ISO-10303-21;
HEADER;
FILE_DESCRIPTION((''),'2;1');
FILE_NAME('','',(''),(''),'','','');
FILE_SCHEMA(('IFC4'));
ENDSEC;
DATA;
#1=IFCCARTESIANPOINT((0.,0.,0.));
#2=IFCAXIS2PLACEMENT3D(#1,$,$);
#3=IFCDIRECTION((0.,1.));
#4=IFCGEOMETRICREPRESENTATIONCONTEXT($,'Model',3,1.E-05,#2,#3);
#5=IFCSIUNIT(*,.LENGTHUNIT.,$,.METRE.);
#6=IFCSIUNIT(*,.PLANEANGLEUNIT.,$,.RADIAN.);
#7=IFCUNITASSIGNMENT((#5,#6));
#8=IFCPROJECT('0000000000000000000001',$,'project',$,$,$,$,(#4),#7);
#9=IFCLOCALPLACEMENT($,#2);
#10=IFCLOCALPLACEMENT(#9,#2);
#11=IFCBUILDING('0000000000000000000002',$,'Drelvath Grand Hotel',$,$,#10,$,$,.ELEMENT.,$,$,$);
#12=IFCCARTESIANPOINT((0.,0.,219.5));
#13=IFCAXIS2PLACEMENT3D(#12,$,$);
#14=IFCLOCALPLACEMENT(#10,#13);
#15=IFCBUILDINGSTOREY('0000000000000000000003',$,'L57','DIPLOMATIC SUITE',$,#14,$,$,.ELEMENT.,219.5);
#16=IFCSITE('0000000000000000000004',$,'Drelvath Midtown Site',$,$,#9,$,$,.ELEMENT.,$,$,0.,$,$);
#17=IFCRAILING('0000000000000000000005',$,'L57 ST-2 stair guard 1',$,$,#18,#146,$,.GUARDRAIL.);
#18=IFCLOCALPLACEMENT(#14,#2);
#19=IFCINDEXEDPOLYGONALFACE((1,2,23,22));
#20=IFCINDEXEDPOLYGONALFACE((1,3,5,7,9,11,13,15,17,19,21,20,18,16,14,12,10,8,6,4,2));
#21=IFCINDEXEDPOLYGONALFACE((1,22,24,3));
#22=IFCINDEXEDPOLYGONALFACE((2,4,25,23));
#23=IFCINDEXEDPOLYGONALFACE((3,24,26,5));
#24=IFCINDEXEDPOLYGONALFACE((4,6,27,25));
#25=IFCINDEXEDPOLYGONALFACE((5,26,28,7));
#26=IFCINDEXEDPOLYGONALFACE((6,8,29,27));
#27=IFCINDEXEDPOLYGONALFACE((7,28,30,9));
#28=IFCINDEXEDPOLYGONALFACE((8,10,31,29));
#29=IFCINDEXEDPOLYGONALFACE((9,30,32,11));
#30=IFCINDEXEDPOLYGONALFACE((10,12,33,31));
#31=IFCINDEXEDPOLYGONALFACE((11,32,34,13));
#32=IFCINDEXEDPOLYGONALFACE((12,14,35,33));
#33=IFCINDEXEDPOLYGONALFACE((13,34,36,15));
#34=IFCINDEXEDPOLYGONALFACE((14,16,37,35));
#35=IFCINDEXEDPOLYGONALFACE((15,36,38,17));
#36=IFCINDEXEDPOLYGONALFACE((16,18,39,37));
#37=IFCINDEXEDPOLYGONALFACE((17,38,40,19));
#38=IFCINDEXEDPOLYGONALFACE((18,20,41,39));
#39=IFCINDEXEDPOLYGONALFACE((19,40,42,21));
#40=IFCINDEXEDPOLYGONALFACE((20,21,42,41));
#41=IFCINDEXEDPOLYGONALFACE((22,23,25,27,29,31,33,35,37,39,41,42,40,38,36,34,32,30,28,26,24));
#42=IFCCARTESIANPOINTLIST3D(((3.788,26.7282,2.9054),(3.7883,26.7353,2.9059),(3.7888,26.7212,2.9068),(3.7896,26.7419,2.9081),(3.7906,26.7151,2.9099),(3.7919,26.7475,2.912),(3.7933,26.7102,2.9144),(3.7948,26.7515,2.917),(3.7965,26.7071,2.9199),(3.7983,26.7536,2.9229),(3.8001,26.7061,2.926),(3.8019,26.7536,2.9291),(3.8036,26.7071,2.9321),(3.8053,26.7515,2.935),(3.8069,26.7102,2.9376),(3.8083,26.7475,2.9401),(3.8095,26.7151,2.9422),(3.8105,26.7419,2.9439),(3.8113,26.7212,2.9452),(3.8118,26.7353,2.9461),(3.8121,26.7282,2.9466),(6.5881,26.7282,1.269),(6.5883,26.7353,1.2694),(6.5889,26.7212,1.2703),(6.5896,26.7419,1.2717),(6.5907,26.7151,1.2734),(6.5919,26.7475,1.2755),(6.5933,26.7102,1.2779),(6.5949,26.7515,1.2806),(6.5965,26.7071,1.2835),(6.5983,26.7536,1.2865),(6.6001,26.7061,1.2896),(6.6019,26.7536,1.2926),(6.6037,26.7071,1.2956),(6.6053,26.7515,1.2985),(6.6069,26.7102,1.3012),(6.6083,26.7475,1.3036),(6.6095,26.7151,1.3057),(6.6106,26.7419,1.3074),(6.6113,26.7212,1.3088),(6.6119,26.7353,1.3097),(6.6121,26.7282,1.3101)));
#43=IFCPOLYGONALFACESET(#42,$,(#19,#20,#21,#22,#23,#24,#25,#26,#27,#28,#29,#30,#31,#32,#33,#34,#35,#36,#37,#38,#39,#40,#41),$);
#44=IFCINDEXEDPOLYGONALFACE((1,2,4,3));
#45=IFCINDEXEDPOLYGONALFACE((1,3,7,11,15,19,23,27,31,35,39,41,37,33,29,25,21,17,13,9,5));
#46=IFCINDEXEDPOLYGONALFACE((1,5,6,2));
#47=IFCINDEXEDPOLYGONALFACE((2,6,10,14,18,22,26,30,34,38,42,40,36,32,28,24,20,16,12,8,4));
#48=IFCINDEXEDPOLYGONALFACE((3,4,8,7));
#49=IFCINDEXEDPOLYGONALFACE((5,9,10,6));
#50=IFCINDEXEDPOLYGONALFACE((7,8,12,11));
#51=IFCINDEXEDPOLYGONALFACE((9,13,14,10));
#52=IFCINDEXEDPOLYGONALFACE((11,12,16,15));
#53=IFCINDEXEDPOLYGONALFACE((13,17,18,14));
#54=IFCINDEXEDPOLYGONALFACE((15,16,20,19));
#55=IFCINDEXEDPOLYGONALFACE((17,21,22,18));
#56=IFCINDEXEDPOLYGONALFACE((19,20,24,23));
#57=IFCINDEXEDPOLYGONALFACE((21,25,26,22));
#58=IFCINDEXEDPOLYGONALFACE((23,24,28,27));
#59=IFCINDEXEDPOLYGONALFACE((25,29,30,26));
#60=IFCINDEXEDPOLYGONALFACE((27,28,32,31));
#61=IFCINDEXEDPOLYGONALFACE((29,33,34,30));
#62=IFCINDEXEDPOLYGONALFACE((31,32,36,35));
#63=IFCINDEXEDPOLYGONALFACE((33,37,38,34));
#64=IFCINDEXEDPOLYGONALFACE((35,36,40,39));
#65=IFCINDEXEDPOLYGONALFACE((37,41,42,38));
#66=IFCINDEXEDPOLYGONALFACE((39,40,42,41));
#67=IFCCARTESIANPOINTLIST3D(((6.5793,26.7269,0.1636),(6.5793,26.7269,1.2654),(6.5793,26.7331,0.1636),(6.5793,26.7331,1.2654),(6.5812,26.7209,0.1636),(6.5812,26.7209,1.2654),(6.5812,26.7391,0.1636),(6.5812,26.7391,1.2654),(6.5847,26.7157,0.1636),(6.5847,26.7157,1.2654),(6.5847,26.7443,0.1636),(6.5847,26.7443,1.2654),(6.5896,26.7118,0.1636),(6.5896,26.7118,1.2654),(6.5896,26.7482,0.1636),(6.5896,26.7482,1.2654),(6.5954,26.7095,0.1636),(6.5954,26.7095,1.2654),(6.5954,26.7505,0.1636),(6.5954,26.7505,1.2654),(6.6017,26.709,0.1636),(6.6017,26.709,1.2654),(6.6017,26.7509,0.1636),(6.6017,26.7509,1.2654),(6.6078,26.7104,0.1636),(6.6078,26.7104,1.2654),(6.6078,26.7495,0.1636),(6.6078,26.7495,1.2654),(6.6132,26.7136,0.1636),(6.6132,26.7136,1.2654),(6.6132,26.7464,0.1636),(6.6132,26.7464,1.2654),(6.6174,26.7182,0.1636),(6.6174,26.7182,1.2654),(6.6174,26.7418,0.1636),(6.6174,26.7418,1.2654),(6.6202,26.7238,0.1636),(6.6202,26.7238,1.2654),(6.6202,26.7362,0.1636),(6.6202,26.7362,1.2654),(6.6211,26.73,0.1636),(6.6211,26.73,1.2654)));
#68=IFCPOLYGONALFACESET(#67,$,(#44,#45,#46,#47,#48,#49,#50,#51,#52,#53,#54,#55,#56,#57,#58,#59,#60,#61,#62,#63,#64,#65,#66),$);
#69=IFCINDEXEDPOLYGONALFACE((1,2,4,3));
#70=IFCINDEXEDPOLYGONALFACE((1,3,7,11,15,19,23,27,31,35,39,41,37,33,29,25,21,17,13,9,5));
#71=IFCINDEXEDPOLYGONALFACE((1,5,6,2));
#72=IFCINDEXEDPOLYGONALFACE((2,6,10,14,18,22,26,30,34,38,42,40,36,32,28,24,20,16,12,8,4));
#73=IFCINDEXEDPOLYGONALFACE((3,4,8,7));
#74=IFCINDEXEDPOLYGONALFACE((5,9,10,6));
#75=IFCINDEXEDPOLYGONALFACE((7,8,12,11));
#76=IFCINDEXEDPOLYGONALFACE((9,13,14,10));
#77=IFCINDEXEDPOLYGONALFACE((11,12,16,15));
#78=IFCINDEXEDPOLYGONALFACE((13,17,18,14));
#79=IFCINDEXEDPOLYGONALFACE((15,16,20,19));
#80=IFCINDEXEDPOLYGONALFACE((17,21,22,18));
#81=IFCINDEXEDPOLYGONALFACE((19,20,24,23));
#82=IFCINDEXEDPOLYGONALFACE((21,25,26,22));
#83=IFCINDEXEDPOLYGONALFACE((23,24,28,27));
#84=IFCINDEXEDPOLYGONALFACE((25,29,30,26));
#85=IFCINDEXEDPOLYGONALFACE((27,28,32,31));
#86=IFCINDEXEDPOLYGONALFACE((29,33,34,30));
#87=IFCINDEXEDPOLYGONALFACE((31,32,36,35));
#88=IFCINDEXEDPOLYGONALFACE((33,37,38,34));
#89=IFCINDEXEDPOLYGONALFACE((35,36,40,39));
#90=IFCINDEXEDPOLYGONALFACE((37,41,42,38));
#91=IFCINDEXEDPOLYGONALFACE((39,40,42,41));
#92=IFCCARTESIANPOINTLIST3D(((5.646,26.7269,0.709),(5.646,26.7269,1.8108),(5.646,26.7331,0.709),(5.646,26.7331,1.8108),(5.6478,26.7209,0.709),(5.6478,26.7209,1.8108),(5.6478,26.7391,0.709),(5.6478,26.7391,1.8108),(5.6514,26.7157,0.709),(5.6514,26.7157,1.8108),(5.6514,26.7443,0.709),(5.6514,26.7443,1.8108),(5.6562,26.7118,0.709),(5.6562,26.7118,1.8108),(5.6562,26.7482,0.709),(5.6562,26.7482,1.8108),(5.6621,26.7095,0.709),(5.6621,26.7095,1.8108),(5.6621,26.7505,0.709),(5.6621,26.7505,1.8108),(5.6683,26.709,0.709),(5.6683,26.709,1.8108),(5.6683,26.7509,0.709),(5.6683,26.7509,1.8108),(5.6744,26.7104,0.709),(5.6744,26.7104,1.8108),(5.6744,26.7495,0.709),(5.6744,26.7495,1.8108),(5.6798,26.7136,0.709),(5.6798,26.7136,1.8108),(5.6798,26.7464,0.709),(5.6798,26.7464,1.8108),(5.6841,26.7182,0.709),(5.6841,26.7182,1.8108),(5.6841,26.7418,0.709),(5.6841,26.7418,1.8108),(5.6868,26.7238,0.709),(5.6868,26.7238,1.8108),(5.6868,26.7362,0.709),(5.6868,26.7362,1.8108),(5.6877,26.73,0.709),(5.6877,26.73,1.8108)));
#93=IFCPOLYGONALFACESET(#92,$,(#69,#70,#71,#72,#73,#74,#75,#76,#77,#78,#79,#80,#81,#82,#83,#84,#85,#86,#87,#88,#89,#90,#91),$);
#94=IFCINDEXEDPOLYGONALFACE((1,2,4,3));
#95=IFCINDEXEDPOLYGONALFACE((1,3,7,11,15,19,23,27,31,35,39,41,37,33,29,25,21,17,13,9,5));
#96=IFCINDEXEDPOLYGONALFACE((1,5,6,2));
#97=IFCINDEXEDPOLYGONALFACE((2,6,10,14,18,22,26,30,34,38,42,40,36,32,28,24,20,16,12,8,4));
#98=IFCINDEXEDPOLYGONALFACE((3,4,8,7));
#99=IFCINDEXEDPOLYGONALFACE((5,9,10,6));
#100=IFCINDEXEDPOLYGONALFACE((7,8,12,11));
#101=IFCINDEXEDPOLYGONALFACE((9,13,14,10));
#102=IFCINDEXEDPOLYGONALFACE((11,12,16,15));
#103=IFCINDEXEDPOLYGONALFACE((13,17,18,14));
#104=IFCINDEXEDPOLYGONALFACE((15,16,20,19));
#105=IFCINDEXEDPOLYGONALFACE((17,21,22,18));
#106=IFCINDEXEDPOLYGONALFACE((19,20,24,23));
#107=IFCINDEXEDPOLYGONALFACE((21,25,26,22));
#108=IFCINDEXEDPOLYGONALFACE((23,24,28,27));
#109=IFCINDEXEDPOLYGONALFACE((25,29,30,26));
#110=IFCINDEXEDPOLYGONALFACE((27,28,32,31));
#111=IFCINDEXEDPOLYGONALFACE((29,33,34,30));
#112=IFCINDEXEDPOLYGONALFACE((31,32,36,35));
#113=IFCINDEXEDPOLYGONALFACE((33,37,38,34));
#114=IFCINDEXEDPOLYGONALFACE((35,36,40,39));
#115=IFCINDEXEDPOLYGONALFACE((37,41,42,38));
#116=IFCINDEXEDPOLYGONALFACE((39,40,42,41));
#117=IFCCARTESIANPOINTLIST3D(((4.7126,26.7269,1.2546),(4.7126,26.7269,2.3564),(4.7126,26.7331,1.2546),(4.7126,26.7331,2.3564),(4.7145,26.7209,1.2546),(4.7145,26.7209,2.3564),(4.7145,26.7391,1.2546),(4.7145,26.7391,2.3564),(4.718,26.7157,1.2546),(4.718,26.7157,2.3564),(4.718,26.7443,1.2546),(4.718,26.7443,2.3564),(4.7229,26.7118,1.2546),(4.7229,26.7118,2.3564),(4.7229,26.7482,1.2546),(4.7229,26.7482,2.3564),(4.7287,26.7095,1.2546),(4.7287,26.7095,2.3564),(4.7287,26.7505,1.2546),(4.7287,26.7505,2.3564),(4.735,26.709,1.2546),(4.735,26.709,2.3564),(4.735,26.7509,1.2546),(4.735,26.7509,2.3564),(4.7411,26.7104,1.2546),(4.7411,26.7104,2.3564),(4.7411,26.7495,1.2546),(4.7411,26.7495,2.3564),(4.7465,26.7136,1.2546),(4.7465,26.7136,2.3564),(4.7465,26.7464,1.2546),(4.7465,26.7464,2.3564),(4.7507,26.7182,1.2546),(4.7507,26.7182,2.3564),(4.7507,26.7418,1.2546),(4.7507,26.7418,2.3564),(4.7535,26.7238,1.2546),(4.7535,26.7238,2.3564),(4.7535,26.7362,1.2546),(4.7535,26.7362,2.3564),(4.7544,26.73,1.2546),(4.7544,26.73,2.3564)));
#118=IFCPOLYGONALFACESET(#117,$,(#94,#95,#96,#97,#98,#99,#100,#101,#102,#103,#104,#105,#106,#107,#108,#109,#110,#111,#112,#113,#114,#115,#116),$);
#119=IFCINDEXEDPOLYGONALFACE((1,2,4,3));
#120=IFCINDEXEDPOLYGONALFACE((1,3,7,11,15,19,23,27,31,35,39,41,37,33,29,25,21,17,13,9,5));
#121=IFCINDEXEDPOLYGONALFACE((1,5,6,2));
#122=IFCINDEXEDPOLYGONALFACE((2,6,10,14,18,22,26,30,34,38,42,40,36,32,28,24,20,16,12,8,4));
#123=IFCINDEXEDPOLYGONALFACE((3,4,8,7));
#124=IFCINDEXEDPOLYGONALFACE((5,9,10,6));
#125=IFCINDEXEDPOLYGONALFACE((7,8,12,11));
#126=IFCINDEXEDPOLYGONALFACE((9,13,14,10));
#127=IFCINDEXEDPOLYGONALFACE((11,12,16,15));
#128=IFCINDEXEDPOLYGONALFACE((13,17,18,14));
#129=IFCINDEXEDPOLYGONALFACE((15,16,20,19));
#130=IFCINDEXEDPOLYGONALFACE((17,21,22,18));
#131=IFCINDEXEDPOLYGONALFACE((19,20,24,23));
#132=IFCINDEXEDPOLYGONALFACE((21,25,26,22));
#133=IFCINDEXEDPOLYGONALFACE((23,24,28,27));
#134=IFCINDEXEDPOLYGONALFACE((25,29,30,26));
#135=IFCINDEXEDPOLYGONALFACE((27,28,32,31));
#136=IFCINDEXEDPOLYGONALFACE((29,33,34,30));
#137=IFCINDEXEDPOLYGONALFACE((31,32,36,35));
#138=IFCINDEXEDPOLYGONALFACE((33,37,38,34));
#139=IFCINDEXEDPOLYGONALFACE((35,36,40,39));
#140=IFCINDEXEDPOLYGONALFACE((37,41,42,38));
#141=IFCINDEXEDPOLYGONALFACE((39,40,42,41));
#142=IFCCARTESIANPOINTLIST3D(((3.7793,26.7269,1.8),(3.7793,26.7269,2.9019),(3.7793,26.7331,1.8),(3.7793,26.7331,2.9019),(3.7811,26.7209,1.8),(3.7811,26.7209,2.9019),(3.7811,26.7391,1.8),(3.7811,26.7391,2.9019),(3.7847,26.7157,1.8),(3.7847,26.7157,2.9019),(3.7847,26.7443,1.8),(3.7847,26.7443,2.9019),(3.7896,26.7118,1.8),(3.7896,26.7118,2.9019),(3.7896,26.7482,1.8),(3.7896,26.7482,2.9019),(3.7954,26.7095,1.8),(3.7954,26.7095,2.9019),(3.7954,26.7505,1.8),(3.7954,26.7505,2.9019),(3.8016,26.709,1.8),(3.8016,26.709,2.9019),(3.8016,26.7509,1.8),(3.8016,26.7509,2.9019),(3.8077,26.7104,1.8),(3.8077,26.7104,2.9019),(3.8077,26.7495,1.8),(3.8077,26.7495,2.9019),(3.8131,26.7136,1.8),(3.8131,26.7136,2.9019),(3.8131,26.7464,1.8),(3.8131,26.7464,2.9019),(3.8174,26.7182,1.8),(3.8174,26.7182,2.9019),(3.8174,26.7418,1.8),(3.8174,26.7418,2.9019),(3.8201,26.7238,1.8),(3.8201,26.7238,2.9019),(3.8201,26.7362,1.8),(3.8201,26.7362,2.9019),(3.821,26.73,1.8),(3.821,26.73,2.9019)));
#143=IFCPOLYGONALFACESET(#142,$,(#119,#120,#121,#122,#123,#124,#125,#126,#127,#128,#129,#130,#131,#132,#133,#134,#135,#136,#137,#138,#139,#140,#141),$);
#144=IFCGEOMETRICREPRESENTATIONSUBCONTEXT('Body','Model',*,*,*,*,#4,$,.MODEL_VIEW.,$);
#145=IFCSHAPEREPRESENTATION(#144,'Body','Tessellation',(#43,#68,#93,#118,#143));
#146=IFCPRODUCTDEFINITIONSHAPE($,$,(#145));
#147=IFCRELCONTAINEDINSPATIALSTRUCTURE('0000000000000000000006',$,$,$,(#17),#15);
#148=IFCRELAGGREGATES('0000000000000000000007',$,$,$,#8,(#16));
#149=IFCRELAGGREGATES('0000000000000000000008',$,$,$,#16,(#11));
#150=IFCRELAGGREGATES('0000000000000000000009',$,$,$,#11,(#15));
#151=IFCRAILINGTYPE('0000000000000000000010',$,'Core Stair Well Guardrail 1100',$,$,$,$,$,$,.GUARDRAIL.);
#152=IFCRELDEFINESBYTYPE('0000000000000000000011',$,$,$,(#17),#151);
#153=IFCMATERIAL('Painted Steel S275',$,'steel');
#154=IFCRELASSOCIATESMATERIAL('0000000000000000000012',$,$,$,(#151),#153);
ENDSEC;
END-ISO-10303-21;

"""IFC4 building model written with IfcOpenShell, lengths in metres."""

from ifc_helpers import new_model, si_unit, direction, frame, origin, origin_2d, place, context, subcontext, project, spatial, circle, extrude, material, type_object, element, save


model = new_model("IFC4")

# Units and contexts
model_context = context("Model", 3, precision=1e-05, world=origin(), true_north=direction((0.0, 1.0)))
body_context = subcontext(model_context, "Body", "Model", "MODEL_VIEW")
ifc_project = project(units=[si_unit("LENGTHUNIT", "METRE"), si_unit("PLANEANGLEUNIT", "RADIAN")], contexts=[model_context])

# Site, building, storey
site_placement = place(None, origin())
site = spatial("IfcSite", under=ifc_project, at=site_placement, Name="Drelvath Midtown Site", CompositionType="ELEMENT", RefElevation=0.0)
building_placement = place(site_placement, origin())
building = spatial("IfcBuilding", under=site, at=building_placement, Name="Drelvath Grand Hotel", CompositionType="ELEMENT")
storey_placement = place(building_placement, frame((0.0, 0.0, 219.5)))
storey = spatial("IfcBuildingStorey", under=building, at=storey_placement, Name="L57", Description="DIPLOMATIC SUITE", CompositionType="ELEMENT", Elevation=219.5)

# Shared definitions
ifc_material_1 = material(Name="Painted Steel S275", Category="steel")

# Railing
railing_type_1 = type_object("IfcRailingType", Name="Core Stair Well Guardrail 1100", PredefinedType="GUARDRAIL", material=ifc_material_1)
railing_1_placement = place(storey_placement, frame((6.6001, 26.73, 0.1636)))
element("IfcRailing", 1, at=railing_1_placement, inside=storey, type_object=railing_type_1, Name="L57 ST-2 stair guard 1", PredefinedType="GUARDRAIL", context=body_context, shape_type="SweptSolid", body=[
    extrude(circle(Radius=0.0239, at=origin_2d()), frame((0.0, 0.0, 1.126), z_axis=(-0.863361, 0.0, 0.504587), x_axis=(0.0, -1.0, 0.0)), (0.0, 0.0, 1.0), 3.2432),
    extrude(circle(Radius=0.021, at=origin_2d()), origin(), (0.0, 0.0, 1.0), 1.1018),
    extrude(circle(Radius=0.021, at=origin_2d()), frame((-0.9333, 0.0, 0.5454)), (0.0, 0.0, 1.0), 1.1018),
    extrude(circle(Radius=0.021, at=origin_2d()), frame((-1.8667, 0.0, 1.0911)), (0.0, 0.0, 1.0), 1.1018),
    extrude(circle(Radius=0.021, at=origin_2d()), frame((-2.8, 0.0, 1.6365)), (0.0, 0.0, 1.0), 1.1018),
])

save(model, "model.ifc")
